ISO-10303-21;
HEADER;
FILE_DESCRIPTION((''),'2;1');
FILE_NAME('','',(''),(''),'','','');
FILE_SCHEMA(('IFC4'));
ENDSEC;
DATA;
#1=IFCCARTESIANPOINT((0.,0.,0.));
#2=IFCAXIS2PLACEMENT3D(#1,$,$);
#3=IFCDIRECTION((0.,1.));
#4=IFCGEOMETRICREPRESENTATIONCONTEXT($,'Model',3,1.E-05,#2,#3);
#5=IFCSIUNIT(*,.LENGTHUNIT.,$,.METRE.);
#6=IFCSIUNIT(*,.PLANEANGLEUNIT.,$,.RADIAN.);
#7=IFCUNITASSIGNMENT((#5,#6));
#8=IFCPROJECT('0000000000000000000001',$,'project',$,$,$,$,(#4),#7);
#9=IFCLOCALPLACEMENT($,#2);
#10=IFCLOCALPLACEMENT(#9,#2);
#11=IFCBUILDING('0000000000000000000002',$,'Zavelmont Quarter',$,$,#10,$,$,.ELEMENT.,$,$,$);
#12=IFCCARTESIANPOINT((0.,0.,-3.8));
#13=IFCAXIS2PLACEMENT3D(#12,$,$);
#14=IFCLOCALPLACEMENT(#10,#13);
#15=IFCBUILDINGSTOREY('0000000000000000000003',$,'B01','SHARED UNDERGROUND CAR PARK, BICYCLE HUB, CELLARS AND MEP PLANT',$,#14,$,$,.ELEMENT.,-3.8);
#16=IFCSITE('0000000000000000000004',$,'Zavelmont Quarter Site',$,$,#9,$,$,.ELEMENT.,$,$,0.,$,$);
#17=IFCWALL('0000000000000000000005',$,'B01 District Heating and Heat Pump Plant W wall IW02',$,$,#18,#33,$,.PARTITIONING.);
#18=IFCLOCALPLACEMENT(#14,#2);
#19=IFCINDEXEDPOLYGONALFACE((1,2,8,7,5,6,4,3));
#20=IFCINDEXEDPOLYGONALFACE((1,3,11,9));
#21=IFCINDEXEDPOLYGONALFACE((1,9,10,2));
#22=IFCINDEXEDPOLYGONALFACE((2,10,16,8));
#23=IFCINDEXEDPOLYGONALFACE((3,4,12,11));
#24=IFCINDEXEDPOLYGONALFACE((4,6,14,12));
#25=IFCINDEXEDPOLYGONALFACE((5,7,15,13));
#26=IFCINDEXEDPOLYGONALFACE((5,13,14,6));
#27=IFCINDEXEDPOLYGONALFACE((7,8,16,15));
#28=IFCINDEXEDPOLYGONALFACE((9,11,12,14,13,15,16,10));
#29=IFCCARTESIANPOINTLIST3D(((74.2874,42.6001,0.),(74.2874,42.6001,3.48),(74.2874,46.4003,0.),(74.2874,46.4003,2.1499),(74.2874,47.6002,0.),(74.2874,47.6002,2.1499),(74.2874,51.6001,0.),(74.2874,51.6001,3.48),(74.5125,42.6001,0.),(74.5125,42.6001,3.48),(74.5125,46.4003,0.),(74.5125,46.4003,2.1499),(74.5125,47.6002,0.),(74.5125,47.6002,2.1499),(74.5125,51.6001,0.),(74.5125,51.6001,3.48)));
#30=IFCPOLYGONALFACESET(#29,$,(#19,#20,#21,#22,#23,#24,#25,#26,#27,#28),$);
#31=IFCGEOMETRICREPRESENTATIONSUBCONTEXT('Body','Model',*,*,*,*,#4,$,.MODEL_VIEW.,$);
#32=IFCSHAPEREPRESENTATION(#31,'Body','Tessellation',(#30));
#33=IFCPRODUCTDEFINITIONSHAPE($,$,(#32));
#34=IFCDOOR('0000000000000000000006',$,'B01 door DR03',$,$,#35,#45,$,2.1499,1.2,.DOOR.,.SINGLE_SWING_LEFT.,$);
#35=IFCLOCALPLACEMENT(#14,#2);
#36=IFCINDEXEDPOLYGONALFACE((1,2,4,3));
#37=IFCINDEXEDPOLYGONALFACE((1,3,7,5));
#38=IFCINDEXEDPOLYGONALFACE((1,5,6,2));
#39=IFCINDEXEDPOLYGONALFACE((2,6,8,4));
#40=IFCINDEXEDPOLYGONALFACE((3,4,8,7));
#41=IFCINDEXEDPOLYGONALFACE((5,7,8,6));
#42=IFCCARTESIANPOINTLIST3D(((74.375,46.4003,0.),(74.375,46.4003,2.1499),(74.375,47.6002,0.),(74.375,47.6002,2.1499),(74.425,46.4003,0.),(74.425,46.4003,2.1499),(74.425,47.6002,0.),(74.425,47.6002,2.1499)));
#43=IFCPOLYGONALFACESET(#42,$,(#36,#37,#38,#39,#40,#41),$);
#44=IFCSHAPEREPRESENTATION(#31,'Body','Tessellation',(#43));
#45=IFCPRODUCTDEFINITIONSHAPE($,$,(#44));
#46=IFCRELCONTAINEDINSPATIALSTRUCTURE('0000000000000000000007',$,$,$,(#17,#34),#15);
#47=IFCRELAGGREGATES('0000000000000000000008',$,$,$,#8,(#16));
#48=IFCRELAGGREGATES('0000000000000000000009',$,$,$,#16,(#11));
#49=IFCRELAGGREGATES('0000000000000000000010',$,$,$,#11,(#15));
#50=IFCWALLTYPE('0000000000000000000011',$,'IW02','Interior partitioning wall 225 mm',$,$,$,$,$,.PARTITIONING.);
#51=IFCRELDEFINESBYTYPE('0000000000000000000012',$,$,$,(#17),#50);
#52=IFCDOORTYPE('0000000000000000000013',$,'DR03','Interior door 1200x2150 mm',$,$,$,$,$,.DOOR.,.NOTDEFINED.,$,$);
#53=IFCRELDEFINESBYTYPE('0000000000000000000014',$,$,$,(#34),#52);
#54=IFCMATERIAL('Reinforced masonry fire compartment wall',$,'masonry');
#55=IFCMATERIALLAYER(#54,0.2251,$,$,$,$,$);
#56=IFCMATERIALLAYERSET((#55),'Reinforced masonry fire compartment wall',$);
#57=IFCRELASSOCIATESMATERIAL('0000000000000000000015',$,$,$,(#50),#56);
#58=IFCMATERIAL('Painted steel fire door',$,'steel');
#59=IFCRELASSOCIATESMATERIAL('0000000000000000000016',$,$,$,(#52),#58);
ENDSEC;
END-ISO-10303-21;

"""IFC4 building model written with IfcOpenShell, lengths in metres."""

from ifc_helpers import new_model, si_unit, direction, frame, frame_2d, origin, origin_with_axes, place, context, subcontext, project, spatial, rectangle, extrude, material, layer, layer_set, type_object, element, fill, save


model = new_model("IFC4")

# Units and contexts
model_context = context("Model", 3, precision=1e-05, world=origin(), true_north=direction((0.0, 1.0)))
body_context = subcontext(model_context, "Body", "Model", "MODEL_VIEW")
ifc_project = project(units=[si_unit("LENGTHUNIT", "METRE"), si_unit("PLANEANGLEUNIT", "RADIAN")], contexts=[model_context])

# Site, building, storey
site_placement = place(None, origin())
site = spatial("IfcSite", under=ifc_project, at=site_placement, Name="Zavelmont Quarter Site", CompositionType="ELEMENT", RefElevation=0.0)
building_placement = place(site_placement, origin())
building = spatial("IfcBuilding", under=site, at=building_placement, Name="Zavelmont Quarter", CompositionType="ELEMENT")
storey_placement = place(building_placement, frame((0.0, 0.0, -3.8)))
storey = spatial("IfcBuildingStorey", under=building, at=storey_placement, Name="B01", Description="SHARED UNDERGROUND CAR PARK, BICYCLE HUB, CELLARS AND MEP PLANT", CompositionType="ELEMENT", Elevation=-3.8)

# Shared definitions
ifc_material_1 = material(Name="Reinforced masonry fire compartment wall", Category="masonry")
ifc_layer_1 = layer(ifc_material_1, 0.2251)
ifc_layer_set_1 = layer_set([ifc_layer_1], Name="Reinforced masonry fire compartment wall")
wall_type = type_object("IfcWallType", Name="IW02", Description="Interior partitioning wall 225 mm", PredefinedType="PARTITIONING", material=ifc_layer_set_1)

# Shared definitions
ifc_material_2 = material(Name="Painted steel fire door", Category="steel")
door_type = type_object("IfcDoorType", Name="DR03", Description="Interior door 1200x2150 mm", OperationType="NOTDEFINED", PredefinedType="DOOR", material=ifc_material_2)

# Wall, opening, door
wall_1_placement = place(storey_placement, frame((74.3999, 42.6001, 0.0), z_axis=(0.0, 0.0, 1.0), x_axis=(0.0, 1.0, 0.0)))
wall_1 = element("IfcWall", 1, at=wall_1_placement, inside=storey, type_object=wall_type, Name="B01 District Heating and Heat Pump Plant W wall IW02", PredefinedType="PARTITIONING", context=body_context, shape_type="SweptSolid", body=[
    extrude(rectangle(XDim=9.0, YDim=0.2251, at=frame_2d((4.5, 0.0))), origin(), (0.0, 0.0, 1.0), 3.48),
])
opening_1_placement = place(wall_1_placement, frame((3.8, 0.0, 0.0)))
opening_1 = element("IfcOpeningElement", 2, at=opening_1_placement, cuts=wall_1, PredefinedType="OPENING", context=body_context, shape_type="SweptSolid", body=[
    extrude(rectangle(XDim=1.2, YDim=2.1499, at=frame_2d((0.6001, 1.075))), frame((0.0, 0.1245, 0.0), z_axis=(0.0, -1.0, 0.0), x_axis=(1.0, 0.0, 0.0)), (0.0, 0.0, 1.0), 0.249),
])
door_1_placement = place(opening_1_placement, origin_with_axes())
door_1 = element("IfcDoor", 3, at=door_1_placement, inside=storey, type_object=door_type, Name="B01 door DR03", OperationType="SINGLE_SWING_LEFT", OverallHeight=2.1499, OverallWidth=1.2, PredefinedType="DOOR", context=body_context, shape_type="SweptSolid", body=[
    extrude(rectangle(XDim=1.2, YDim=2.1499, at=frame_2d((0.6001, 1.075))), frame((0.0, 0.0249, 0.0), z_axis=(0.0, -1.0, 0.0), x_axis=(1.0, 0.0, 0.0)), (0.0, 0.0, 1.0), 0.05),
])
fill(opening_1, door_1)

save(model, "model.ifc")
